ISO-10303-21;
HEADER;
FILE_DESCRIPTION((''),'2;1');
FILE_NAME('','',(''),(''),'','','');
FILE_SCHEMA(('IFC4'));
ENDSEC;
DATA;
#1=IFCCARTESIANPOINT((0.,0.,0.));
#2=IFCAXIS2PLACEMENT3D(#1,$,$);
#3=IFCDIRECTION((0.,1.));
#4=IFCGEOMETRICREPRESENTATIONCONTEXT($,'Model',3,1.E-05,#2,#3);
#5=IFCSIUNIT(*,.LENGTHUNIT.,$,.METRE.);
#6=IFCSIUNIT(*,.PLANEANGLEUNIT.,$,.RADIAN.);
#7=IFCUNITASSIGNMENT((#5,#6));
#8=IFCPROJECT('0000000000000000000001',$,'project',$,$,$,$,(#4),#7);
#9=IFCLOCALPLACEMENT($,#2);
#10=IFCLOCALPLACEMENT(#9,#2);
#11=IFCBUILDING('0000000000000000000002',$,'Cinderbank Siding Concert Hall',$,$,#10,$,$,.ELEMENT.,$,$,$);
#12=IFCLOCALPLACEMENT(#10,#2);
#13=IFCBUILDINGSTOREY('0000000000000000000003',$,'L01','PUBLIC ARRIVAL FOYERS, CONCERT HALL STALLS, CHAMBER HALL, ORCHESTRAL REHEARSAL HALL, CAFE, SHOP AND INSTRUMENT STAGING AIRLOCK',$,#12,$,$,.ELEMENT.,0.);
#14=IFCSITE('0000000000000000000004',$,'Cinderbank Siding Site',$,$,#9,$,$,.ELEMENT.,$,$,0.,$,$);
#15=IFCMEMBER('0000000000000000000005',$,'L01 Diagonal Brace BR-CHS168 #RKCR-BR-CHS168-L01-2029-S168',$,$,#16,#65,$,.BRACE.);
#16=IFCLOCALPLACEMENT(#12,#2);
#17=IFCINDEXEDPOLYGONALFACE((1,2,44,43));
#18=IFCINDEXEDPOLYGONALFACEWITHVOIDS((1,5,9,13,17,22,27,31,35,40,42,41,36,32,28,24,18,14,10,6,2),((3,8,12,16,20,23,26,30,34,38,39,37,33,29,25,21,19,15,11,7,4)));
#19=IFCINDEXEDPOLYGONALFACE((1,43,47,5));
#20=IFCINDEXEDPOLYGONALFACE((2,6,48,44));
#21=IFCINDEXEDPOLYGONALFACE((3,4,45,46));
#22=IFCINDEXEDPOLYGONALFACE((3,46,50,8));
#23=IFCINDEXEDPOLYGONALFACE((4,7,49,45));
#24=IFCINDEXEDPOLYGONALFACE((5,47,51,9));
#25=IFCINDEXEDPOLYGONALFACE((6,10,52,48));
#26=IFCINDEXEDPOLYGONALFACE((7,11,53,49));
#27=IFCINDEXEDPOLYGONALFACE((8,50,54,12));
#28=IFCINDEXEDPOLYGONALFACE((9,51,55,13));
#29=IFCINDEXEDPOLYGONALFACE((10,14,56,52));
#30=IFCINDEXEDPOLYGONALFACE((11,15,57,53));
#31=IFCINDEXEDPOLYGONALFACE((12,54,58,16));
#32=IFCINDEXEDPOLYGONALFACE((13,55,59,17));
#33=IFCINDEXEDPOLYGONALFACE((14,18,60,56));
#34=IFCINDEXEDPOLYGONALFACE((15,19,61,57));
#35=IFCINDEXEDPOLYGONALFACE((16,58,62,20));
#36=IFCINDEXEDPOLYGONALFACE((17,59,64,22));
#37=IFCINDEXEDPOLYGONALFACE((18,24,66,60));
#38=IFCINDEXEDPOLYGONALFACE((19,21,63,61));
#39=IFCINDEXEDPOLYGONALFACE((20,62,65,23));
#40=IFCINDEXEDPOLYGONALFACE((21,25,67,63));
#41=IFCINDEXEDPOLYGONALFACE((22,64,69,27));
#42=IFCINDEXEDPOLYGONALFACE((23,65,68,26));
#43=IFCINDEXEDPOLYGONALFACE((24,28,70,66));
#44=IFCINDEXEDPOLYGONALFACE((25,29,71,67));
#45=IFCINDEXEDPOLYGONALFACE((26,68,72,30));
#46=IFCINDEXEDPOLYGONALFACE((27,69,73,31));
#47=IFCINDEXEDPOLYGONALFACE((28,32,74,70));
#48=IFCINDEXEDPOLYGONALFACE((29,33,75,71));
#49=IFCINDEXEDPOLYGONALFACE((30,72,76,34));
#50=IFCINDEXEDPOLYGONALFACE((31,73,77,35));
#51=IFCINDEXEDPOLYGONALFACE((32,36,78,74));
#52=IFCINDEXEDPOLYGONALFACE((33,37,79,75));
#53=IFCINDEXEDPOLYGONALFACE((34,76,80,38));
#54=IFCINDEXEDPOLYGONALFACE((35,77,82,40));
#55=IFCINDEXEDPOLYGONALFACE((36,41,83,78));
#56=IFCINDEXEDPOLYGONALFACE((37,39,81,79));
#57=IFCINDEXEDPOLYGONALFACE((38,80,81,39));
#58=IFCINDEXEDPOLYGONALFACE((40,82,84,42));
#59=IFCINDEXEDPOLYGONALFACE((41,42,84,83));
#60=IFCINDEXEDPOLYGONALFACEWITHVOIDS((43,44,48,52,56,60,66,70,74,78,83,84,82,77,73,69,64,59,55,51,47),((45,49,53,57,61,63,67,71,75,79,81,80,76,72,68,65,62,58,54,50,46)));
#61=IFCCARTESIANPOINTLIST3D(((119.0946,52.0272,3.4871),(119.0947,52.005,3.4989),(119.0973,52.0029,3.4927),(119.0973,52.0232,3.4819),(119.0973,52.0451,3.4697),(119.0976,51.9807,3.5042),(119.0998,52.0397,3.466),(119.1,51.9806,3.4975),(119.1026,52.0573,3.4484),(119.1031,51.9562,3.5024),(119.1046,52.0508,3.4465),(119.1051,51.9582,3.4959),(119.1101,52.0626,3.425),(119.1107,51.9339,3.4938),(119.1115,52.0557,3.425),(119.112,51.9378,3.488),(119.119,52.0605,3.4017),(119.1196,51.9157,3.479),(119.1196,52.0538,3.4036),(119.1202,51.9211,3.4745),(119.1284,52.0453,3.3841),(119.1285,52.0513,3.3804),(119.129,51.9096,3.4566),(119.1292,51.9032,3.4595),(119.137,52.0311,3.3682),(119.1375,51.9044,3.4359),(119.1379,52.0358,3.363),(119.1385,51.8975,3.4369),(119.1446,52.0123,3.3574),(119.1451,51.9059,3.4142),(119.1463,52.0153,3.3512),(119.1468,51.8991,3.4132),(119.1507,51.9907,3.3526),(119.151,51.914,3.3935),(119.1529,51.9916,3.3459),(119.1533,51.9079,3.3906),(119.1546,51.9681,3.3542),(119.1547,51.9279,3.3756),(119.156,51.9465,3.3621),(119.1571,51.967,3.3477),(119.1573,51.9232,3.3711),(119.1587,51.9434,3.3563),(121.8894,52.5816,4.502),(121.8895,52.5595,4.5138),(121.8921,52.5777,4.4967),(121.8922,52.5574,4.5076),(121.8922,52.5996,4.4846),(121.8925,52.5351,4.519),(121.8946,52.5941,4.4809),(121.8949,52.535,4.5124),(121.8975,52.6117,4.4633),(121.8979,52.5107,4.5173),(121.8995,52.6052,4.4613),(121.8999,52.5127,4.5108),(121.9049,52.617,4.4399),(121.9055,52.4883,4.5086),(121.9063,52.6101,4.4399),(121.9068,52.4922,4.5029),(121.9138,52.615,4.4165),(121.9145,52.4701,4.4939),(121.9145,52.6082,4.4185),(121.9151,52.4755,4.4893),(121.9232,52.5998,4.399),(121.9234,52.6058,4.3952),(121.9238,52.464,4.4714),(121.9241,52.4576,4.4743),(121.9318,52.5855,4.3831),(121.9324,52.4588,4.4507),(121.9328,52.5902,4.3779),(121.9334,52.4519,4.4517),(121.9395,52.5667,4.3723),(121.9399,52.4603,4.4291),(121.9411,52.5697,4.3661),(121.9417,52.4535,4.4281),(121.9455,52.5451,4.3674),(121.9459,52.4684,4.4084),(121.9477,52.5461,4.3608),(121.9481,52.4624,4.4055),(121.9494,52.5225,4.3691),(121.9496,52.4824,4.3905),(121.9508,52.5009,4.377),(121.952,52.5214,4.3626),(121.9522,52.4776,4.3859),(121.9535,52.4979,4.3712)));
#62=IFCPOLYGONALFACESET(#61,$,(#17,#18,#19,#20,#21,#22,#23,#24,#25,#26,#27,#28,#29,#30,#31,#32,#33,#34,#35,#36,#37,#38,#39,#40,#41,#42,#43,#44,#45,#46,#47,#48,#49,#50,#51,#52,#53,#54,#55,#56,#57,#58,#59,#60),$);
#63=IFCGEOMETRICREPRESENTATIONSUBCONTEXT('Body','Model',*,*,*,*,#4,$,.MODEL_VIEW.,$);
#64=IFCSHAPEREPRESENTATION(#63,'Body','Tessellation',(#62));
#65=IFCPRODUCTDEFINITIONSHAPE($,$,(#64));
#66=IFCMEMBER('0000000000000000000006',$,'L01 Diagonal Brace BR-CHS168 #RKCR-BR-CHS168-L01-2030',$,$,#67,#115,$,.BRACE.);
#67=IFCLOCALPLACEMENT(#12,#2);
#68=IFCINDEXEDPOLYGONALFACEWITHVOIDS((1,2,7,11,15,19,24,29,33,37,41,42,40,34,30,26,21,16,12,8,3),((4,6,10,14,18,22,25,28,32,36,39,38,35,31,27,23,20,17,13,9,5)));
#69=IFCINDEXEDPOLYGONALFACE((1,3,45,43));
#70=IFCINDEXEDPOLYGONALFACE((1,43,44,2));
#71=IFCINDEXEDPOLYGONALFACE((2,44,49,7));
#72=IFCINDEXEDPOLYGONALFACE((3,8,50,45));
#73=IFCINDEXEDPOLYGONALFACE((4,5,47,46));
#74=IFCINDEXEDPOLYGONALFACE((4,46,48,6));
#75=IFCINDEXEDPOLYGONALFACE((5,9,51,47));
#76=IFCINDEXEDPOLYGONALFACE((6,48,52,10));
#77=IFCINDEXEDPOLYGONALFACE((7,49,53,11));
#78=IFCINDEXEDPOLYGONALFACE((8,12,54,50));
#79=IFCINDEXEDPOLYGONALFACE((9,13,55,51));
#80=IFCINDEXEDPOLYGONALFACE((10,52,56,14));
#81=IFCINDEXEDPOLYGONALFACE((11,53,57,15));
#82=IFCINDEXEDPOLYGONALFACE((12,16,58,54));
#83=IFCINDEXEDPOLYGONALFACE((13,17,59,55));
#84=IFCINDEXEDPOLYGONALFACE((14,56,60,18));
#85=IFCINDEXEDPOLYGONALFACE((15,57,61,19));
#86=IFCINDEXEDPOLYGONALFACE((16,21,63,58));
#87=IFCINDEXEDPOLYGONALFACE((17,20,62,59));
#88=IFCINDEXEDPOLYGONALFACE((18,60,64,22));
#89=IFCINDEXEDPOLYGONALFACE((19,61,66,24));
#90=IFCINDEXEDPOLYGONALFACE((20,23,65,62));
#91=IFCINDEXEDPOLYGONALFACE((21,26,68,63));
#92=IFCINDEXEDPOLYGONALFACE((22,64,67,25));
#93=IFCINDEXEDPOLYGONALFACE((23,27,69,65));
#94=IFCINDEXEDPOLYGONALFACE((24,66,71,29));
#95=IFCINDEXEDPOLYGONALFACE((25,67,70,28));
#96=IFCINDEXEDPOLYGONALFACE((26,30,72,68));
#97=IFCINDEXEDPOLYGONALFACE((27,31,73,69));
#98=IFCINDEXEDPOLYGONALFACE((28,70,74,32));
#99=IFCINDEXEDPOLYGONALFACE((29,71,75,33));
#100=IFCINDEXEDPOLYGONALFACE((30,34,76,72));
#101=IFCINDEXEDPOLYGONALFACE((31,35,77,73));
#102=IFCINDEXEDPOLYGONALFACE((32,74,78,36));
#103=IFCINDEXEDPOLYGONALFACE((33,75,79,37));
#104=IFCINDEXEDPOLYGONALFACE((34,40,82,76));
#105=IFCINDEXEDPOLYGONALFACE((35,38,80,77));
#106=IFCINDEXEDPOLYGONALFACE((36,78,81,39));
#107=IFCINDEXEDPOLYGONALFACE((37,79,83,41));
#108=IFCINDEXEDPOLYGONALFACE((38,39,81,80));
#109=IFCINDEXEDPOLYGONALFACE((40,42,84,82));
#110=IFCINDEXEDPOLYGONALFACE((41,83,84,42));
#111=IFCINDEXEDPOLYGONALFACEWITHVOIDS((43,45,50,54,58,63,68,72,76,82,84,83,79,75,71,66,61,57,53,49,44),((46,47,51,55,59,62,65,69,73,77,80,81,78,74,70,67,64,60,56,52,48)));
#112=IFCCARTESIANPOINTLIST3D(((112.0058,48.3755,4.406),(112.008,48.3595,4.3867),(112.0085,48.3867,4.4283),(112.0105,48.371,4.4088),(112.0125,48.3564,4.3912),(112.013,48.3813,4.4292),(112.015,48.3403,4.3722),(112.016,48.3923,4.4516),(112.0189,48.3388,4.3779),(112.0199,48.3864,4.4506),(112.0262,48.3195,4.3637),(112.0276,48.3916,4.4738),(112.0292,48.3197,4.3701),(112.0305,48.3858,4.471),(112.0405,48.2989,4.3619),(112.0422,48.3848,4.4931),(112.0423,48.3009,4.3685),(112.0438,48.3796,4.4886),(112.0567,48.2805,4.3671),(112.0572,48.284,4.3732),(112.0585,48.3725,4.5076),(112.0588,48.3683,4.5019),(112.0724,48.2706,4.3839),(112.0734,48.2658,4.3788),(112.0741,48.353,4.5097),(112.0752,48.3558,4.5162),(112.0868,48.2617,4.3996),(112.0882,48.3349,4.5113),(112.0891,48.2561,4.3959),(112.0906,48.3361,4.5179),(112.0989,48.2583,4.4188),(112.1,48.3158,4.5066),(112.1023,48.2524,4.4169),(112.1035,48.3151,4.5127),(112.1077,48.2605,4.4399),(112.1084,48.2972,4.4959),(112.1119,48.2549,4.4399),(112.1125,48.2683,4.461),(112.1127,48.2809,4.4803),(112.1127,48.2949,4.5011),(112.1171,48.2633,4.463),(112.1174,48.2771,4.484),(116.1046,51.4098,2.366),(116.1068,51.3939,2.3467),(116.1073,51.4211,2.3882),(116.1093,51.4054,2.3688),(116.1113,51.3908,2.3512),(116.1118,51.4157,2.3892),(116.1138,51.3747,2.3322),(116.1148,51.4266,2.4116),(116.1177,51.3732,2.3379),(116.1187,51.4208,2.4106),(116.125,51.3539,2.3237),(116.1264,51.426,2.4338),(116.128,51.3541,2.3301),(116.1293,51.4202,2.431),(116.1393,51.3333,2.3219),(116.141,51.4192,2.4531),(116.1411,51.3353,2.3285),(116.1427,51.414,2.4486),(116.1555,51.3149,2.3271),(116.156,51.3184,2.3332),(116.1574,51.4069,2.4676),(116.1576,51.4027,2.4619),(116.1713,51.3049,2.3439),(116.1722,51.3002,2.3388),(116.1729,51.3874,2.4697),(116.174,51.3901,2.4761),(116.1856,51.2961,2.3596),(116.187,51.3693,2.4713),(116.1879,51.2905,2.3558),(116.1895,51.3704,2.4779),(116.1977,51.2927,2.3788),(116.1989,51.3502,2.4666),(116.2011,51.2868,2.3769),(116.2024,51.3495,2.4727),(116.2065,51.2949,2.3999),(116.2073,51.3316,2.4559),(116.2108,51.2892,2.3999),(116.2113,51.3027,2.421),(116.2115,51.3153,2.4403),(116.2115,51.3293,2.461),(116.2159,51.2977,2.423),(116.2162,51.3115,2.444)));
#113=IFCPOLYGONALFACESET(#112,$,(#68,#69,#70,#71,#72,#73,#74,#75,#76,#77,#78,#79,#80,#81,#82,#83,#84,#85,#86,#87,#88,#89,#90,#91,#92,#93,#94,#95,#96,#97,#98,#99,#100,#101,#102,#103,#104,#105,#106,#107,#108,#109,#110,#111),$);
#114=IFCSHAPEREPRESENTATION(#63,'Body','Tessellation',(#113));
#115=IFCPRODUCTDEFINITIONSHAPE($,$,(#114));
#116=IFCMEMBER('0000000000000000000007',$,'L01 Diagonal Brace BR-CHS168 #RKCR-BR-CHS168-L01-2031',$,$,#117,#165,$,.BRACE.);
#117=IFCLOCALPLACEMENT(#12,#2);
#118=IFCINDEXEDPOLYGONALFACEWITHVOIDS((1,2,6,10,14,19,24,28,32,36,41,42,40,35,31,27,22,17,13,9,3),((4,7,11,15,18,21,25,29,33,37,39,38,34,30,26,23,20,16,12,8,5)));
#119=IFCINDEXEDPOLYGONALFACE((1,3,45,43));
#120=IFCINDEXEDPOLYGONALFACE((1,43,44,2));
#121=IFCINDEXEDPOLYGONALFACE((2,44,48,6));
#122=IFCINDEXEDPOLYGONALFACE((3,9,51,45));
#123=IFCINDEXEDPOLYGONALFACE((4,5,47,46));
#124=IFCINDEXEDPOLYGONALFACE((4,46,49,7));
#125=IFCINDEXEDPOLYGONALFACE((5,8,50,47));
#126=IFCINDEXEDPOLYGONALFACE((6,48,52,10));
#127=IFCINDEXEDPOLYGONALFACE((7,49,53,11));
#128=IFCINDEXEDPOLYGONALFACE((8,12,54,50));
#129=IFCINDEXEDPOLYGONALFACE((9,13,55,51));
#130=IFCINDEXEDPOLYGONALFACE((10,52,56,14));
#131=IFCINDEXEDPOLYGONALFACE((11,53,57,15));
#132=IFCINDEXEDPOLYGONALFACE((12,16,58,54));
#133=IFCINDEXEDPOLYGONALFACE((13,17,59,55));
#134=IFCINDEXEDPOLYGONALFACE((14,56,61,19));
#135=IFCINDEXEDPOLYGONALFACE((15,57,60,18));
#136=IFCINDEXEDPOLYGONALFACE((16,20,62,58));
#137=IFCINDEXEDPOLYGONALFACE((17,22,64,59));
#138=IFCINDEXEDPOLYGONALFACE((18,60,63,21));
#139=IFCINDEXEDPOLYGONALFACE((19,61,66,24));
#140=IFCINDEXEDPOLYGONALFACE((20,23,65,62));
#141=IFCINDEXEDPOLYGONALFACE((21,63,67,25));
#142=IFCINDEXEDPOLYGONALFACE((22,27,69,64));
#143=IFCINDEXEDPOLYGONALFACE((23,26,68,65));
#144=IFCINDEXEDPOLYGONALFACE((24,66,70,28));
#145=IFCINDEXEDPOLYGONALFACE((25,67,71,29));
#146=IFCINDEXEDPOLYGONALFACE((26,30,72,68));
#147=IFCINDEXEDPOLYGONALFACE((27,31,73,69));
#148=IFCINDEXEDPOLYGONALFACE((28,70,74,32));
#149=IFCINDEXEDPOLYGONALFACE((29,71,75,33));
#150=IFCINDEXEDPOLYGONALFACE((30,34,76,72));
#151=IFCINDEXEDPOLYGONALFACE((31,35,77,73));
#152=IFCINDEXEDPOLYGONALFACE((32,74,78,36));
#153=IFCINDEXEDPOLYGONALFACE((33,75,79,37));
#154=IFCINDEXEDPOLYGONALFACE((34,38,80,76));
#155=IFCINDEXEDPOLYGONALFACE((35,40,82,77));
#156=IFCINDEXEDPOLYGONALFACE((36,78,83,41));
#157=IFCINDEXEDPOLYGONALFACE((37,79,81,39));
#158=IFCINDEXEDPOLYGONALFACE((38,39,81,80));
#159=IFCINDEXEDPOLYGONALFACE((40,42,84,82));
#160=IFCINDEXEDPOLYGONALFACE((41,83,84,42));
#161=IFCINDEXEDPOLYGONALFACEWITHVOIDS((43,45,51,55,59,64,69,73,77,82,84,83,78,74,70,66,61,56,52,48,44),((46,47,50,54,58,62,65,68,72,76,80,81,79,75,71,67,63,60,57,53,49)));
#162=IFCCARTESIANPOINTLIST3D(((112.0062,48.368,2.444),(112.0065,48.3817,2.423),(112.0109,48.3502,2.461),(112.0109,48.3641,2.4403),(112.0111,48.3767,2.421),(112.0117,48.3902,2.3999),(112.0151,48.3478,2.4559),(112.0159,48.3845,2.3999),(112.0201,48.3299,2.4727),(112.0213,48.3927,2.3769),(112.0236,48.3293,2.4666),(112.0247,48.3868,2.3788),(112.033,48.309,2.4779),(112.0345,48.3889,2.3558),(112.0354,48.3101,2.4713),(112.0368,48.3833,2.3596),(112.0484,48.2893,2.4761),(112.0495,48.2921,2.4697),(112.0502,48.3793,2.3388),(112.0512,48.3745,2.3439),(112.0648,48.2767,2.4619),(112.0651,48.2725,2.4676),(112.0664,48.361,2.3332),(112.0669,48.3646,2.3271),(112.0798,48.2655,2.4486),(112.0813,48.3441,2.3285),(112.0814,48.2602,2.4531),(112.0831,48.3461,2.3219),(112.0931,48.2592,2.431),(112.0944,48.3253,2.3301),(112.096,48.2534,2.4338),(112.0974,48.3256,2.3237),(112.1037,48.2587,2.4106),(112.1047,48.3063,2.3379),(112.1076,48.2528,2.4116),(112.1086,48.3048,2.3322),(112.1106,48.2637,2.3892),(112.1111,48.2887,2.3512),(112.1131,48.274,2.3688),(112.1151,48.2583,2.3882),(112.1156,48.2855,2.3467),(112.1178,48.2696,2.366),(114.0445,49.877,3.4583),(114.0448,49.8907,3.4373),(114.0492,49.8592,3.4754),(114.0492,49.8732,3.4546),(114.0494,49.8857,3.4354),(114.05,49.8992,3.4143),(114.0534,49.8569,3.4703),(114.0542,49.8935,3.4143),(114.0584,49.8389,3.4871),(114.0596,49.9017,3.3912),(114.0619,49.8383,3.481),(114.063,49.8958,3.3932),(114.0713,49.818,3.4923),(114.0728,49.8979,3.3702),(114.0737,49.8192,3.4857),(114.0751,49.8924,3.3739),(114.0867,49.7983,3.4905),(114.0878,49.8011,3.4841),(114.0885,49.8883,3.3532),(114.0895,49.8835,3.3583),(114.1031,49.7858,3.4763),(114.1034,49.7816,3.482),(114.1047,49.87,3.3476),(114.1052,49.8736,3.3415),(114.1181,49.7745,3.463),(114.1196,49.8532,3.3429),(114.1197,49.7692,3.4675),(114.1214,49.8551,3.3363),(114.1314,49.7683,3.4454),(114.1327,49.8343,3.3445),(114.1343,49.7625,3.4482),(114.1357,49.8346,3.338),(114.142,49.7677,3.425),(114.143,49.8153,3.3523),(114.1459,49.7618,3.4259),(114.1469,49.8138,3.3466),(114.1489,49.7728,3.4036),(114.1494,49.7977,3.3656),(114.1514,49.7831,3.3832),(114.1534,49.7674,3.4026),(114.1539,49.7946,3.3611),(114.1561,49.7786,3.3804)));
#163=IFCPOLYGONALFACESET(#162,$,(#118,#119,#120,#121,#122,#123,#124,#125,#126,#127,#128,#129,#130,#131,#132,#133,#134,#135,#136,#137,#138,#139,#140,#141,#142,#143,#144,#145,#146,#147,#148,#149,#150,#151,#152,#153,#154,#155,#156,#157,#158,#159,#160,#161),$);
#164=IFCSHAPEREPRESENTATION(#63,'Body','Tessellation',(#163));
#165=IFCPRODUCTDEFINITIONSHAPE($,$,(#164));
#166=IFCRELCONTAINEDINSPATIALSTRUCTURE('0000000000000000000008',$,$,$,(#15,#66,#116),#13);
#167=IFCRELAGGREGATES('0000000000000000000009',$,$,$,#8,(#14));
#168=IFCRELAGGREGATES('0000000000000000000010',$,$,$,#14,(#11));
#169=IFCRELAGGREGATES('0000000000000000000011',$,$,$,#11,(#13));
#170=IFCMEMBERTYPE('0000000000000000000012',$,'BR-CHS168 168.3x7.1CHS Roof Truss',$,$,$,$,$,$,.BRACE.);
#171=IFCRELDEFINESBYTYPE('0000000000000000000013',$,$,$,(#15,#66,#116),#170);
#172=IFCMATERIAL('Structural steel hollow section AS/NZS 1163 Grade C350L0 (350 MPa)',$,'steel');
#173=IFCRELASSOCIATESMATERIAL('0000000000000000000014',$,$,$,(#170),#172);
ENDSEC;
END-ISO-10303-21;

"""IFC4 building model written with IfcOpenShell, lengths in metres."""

from ifc_helpers import new_model, si_unit, direction, frame, origin, origin_2d, place, context, subcontext, project, spatial, hollow_circle, extrude, material, material_profile, profile_set, type_object, element, save


model = new_model("IFC4")

# Units and contexts
model_context = context("Model", 3, precision=1e-05, world=origin(), true_north=direction((0.0, 1.0)))
body_context = subcontext(model_context, "Body", "Model", "MODEL_VIEW")
ifc_project = project(units=[si_unit("LENGTHUNIT", "METRE"), si_unit("PLANEANGLEUNIT", "RADIAN")], contexts=[model_context])

# Site, building, storey
site_placement = place(None, origin())
site = spatial("IfcSite", under=ifc_project, at=site_placement, Name="Cinderbank Siding Site", CompositionType="ELEMENT", RefElevation=0.0)
building_placement = place(site_placement, origin())
building = spatial("IfcBuilding", under=site, at=building_placement, Name="Cinderbank Siding Concert Hall", CompositionType="ELEMENT")
storey_placement = place(building_placement, origin())
storey = spatial("IfcBuildingStorey", under=building, at=storey_placement, Name="L01", Description="PUBLIC ARRIVAL FOYERS, CONCERT HALL STALLS, CHAMBER HALL, ORCHESTRAL REHEARSAL HALL, CAFE, SHOP AND INSTRUMENT STAGING AIRLOCK", CompositionType="ELEMENT", Elevation=0.0)

# Members
ifc_material_1 = material(Name="Structural steel hollow section AS/NZS 1163 Grade C350L0 (350 MPa)", Category="steel")
ifc_material_profile_1 = material_profile(ifc_material_1, hollow_circle(Radius=0.0842, WallThickness=0.0071, at=origin_2d()), Name="168.3x7.1CHS", Category="LoadBearing")
ifc_profile_set_1 = profile_set([ifc_material_profile_1], Name="Structural steel hollow section AS/NZS 1163 Grade C350L0 (350 MPa)")
member_type_1 = type_object("IfcMemberType", Name="BR-CHS168 168.3x7.1CHS Roof Truss", PredefinedType="BRACE", material=ifc_profile_set_1)
member_1_placement = place(storey_placement, frame((119.1265, 51.98, 3.425), z_axis=(0.924023, 0.183303, 0.335531), x_axis=(-0.194584, 0.980886, 0.0)))
element("IfcMember", 1, at=member_1_placement, inside=storey, type_object=member_type_1, Name="L01 Diagonal Brace BR-CHS168 #RKCR-BR-CHS168-L01-2029-S168", PredefinedType="BRACE", context=body_context, shape_type="SweptSolid", body=[
    extrude(hollow_circle(Radius=0.0842, WallThickness=0.0071, at=origin_2d()), origin(), (0.0, 0.0, 1.0), 3.0247),
])
member_2_placement = place(storey_placement, frame((116.1606, 51.3569, 2.3999), z_axis=(-0.746234, -0.552442, 0.371406), x_axis=(0.595002, -0.803724, 0.0)))
element("IfcMember", 2, at=member_2_placement, inside=storey, type_object=member_type_1, Name="L01 Diagonal Brace BR-CHS168 #RKCR-BR-CHS168-L01-2030", PredefinedType="BRACE", context=body_context, shape_type="SweptSolid", body=[
    extrude(hollow_circle(Radius=0.0842, WallThickness=0.0071, at=origin_2d()), origin(), (0.0, 0.0, 1.0), 5.4927),
])
for number, where, z_axis, x_axis, name in (
    (3, (112.0618, 48.3225, 2.3999), (0.746236, 0.55246, 0.371375), (-0.595013, 0.803716, 0.0), "L01 Diagonal Brace BR-CHS168 #RKCR-BR-CHS168-L01-2031"),
):
    element("IfcMember", number, at=place(storey_placement, frame(where, z_axis=z_axis, x_axis=x_axis)), inside=storey, type_object=member_type_1, Name=name, PredefinedType="BRACE", context=body_context, shape_type="SweptSolid", body=[
        extrude(hollow_circle(Radius=0.0842, WallThickness=0.0071, at=origin_2d()), origin(), (0.0, 0.0, 1.0), 2.7314),
    ])

save(model, "model.ifc")
